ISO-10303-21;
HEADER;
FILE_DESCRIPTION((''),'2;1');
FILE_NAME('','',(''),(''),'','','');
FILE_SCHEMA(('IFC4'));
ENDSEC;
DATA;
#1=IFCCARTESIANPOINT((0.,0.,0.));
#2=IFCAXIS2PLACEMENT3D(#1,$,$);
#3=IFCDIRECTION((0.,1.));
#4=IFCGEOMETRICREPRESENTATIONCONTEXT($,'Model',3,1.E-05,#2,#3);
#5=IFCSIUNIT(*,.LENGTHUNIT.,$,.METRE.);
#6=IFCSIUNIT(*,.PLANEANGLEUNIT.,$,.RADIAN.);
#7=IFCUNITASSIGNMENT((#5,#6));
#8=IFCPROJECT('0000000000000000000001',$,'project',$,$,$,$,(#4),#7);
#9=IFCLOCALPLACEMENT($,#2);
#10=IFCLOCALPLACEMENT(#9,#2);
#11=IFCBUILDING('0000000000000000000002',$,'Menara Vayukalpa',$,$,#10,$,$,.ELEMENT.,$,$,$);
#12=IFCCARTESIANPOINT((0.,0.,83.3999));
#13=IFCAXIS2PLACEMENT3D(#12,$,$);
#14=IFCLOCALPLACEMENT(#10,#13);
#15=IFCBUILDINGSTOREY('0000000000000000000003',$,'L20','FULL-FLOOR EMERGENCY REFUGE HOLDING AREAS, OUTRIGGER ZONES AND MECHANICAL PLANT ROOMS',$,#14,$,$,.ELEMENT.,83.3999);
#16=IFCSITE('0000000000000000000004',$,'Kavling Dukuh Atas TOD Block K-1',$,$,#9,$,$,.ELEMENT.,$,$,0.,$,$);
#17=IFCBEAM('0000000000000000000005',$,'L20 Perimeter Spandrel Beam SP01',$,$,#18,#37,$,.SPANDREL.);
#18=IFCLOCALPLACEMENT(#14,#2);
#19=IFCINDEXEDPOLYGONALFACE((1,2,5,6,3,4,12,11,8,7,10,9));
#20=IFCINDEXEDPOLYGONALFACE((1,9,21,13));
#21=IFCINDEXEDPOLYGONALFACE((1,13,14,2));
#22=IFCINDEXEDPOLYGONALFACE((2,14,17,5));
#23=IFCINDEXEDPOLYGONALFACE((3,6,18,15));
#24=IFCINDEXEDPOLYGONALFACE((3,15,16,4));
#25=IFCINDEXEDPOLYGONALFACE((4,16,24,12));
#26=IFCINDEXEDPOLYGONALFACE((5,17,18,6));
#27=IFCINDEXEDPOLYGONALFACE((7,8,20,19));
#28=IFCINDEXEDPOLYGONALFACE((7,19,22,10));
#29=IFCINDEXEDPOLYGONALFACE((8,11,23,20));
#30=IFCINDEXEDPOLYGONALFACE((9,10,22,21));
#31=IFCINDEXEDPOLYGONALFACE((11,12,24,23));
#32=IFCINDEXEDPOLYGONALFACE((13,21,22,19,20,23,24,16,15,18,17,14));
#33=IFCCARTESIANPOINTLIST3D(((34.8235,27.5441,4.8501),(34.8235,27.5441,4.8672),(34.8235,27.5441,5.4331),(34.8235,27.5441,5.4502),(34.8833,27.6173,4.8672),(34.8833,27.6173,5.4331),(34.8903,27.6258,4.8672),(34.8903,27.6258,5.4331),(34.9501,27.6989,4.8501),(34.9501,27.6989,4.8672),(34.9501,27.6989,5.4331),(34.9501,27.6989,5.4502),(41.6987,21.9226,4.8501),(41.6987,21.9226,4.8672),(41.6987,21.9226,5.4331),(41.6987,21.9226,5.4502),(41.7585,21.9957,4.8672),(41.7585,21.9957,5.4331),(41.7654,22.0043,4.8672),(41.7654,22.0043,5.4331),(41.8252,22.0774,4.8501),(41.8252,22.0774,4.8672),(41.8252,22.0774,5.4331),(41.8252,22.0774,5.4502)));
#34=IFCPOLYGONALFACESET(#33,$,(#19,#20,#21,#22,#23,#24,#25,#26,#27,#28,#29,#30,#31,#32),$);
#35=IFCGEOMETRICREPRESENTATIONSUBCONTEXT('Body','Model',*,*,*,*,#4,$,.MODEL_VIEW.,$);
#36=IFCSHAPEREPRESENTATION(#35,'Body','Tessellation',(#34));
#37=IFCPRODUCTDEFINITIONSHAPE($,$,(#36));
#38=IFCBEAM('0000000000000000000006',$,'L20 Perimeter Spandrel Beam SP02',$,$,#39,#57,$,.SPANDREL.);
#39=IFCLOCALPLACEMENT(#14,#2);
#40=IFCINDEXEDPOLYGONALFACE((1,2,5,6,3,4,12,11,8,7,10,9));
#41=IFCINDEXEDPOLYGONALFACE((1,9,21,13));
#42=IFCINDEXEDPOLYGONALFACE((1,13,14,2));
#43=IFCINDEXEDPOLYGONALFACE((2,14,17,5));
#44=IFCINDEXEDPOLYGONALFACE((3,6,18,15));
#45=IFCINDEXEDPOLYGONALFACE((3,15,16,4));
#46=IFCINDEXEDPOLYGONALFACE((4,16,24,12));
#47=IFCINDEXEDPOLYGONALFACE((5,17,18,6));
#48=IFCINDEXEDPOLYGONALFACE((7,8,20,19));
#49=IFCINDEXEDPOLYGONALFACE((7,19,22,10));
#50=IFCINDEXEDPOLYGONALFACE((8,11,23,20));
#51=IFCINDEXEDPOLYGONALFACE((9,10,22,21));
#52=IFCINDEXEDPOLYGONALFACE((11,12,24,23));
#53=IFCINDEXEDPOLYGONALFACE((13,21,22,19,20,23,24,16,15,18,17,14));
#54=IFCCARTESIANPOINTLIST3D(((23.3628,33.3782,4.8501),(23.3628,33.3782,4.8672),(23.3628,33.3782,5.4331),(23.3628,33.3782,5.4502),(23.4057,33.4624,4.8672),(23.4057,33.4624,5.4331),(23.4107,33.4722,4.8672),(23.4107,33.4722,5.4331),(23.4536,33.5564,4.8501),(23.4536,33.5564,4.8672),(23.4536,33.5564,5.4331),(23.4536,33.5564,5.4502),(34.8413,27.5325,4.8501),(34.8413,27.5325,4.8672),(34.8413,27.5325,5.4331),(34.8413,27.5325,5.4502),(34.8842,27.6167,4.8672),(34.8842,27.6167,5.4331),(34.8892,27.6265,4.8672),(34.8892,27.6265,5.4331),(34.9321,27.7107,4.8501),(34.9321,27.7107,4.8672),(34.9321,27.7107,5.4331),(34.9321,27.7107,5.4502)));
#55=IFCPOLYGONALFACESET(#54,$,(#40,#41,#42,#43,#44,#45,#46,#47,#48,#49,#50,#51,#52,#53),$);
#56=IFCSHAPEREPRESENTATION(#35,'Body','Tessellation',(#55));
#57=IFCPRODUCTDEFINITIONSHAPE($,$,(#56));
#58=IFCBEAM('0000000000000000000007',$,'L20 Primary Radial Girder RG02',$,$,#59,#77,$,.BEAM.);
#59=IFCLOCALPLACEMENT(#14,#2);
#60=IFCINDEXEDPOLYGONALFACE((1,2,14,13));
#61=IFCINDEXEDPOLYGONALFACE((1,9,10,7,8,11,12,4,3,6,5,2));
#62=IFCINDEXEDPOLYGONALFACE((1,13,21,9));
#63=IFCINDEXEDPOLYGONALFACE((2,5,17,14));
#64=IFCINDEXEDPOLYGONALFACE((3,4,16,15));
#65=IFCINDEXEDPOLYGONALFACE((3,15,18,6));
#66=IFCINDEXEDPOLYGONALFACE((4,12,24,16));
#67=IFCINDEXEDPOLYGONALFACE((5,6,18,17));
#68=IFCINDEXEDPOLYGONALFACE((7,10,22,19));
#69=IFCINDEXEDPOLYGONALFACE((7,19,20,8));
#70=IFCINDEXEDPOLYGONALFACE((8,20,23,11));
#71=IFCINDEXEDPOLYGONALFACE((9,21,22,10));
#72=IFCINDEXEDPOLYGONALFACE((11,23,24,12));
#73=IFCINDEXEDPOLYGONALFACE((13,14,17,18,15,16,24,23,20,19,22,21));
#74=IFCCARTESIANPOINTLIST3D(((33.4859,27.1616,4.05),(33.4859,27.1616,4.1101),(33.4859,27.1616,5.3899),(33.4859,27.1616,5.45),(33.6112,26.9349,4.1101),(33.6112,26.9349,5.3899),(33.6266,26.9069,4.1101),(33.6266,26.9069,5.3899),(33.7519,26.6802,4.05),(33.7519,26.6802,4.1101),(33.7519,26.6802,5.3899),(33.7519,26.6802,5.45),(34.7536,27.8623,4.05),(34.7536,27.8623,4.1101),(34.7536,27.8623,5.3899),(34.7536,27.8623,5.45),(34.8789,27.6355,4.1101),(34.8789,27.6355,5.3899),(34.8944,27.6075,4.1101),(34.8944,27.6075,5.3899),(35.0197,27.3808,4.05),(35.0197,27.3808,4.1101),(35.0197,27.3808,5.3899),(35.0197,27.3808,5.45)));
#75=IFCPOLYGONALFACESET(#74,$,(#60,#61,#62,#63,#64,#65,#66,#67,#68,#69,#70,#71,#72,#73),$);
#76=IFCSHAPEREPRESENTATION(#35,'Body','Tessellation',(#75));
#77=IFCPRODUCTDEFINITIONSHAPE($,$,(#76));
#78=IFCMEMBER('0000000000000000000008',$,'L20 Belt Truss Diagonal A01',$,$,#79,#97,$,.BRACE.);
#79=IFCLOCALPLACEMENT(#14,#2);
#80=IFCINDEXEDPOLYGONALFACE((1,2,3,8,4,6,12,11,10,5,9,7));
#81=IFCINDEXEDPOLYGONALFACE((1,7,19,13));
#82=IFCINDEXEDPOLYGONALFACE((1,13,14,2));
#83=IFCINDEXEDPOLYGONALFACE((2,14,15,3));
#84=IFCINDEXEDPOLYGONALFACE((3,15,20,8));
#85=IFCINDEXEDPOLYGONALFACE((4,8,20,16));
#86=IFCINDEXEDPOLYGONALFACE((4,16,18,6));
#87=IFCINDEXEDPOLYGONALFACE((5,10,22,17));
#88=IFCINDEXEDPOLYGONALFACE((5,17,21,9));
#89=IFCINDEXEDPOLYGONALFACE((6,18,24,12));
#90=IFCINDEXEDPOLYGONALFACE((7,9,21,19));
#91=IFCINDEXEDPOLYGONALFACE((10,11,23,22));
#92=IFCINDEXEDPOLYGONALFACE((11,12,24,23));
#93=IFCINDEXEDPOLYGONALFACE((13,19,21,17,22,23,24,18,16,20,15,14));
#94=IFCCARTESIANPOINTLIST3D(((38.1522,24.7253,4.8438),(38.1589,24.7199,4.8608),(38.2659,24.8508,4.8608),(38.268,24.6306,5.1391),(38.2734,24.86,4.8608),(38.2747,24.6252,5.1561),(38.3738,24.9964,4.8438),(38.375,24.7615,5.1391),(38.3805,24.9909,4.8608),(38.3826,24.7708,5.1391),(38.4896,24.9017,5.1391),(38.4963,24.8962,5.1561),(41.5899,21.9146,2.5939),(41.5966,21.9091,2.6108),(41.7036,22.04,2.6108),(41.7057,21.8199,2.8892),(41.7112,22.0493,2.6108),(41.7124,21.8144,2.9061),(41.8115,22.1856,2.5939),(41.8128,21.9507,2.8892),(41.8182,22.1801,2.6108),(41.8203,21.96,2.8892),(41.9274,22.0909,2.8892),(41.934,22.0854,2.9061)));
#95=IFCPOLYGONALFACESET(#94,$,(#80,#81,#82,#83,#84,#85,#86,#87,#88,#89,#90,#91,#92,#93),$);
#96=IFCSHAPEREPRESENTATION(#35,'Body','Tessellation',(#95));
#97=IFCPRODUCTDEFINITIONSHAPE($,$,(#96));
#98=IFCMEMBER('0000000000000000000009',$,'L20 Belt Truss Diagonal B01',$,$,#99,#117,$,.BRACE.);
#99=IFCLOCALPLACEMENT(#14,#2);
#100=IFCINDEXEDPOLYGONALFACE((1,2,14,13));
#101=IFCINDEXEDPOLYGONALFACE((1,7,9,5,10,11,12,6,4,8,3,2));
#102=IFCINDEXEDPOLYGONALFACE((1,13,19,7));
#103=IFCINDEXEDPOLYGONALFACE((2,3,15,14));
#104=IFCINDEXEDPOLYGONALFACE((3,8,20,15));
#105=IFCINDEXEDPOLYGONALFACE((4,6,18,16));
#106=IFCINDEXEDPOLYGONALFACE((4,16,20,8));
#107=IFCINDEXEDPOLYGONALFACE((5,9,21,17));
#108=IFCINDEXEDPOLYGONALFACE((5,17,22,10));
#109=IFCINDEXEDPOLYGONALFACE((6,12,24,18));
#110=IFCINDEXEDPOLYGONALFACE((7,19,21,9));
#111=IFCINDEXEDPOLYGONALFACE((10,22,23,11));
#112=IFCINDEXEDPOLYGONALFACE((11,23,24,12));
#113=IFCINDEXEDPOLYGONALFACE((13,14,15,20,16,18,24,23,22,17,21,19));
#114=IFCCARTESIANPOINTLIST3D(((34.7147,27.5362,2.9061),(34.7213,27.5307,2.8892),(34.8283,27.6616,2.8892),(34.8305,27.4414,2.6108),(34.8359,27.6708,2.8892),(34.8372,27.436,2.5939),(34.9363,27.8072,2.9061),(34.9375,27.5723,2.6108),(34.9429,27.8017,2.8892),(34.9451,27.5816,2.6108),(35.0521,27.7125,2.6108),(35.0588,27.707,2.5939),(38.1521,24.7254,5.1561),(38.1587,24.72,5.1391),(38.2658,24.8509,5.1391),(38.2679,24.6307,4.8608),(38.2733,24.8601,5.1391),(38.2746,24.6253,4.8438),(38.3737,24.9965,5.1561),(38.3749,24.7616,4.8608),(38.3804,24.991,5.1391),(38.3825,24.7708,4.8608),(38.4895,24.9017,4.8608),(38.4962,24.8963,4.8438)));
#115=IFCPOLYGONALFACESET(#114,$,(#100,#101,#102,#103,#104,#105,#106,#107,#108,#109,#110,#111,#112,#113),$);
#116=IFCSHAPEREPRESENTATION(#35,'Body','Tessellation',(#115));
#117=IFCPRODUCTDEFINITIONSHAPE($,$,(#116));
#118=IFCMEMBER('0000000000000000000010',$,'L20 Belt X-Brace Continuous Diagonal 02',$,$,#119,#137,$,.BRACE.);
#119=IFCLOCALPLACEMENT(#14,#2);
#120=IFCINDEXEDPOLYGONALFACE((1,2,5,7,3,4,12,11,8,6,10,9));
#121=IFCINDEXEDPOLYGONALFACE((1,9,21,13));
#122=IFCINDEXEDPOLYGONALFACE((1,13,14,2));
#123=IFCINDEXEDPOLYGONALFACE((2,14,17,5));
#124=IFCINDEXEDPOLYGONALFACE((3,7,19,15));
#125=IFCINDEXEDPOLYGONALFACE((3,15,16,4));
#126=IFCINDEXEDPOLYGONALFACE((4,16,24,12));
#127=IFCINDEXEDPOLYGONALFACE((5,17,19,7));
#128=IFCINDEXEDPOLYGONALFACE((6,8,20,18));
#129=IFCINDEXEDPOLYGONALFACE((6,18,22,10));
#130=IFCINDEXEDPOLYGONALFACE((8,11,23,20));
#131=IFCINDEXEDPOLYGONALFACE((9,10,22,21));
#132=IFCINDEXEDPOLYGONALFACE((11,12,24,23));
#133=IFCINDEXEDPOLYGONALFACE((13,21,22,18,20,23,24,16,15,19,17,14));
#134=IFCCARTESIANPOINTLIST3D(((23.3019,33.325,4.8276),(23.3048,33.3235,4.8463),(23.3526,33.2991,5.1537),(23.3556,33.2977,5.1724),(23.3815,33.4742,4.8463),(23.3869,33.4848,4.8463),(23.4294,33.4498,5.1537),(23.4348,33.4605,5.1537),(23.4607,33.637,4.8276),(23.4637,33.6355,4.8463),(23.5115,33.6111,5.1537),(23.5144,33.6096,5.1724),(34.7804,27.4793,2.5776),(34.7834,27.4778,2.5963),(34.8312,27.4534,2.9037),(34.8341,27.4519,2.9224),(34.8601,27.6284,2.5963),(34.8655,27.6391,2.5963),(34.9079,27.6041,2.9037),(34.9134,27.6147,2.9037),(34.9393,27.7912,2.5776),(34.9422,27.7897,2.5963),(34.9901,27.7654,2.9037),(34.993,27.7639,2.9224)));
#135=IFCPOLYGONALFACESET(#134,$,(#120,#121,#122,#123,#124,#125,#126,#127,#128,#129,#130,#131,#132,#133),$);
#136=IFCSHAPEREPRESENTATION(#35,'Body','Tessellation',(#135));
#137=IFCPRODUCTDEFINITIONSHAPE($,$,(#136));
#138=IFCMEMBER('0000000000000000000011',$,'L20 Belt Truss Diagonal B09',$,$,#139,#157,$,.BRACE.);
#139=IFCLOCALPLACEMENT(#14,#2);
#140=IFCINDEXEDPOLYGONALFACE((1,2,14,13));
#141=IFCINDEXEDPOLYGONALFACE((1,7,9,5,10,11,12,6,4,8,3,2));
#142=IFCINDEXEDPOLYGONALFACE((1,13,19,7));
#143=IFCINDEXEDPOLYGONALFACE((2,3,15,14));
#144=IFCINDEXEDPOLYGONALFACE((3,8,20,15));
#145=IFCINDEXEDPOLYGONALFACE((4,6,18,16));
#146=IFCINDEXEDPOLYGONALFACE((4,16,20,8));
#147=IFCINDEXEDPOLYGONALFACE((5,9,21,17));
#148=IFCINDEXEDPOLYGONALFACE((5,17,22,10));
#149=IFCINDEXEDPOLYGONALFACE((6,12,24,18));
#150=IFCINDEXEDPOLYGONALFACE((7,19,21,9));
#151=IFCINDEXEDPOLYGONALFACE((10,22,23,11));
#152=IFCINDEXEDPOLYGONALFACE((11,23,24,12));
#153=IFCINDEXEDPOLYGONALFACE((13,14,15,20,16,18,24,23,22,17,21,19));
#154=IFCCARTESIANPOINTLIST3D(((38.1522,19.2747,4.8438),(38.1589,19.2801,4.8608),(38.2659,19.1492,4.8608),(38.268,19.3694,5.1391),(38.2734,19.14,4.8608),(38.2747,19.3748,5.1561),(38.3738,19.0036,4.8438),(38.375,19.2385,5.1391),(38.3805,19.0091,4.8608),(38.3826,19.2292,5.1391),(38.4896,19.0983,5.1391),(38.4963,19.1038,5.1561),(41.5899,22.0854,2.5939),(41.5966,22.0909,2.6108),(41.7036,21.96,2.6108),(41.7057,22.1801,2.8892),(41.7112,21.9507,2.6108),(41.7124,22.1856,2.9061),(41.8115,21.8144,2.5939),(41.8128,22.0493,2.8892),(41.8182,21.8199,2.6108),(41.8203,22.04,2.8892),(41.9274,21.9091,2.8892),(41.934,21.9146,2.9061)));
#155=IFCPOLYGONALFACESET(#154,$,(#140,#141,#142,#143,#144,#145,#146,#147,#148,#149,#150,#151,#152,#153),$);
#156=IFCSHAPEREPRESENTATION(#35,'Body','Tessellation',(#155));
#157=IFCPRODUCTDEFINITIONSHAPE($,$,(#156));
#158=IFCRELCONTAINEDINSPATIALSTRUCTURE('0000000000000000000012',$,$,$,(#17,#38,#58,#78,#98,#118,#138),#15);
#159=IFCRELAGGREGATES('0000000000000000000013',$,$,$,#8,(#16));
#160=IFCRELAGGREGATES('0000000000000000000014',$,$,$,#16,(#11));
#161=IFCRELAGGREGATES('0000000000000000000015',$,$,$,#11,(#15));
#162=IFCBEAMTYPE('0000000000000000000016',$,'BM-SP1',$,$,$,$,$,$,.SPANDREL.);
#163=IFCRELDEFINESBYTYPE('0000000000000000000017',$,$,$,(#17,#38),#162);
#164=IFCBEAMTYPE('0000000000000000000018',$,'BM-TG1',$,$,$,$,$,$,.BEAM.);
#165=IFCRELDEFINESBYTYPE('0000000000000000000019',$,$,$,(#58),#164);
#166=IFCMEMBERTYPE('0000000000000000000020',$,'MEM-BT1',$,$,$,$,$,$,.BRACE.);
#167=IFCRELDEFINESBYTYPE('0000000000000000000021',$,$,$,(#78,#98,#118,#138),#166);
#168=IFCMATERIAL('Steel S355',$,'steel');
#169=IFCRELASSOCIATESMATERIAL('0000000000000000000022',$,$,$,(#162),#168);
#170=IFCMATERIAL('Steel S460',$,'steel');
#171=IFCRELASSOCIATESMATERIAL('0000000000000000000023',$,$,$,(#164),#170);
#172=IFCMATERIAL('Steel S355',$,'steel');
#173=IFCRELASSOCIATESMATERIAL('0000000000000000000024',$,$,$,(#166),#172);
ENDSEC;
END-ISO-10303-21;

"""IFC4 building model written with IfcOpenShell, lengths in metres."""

from ifc_helpers import new_model, si_unit, direction, frame, origin, origin_2d, place, context, subcontext, project, spatial, i_section, extrude, material, material_profile, profile_set, type_object, element, save


model = new_model("IFC4")

# Units and contexts
model_context = context("Model", 3, precision=1e-05, world=origin(), true_north=direction((0.0, 1.0)))
body_context = subcontext(model_context, "Body", "Model", "MODEL_VIEW")
ifc_project = project(units=[si_unit("LENGTHUNIT", "METRE"), si_unit("PLANEANGLEUNIT", "RADIAN")], contexts=[model_context])

# Site, building, storey
site_placement = place(None, origin())
site = spatial("IfcSite", under=ifc_project, at=site_placement, Name="Kavling Dukuh Atas TOD Block K-1", CompositionType="ELEMENT", RefElevation=0.0)
building_placement = place(site_placement, origin())
building = spatial("IfcBuilding", under=site, at=building_placement, Name="Menara Vayukalpa", CompositionType="ELEMENT")
storey_placement = place(building_placement, frame((0.0, 0.0, 83.3999)))
storey = spatial("IfcBuildingStorey", under=building, at=storey_placement, Name="L20", Description="FULL-FLOOR EMERGENCY REFUGE HOLDING AREAS, OUTRIGGER ZONES AND MECHANICAL PLANT ROOMS", CompositionType="ELEMENT", Elevation=83.3999)

# Beams
ifc_material_1 = material(Name="Steel S355", Category="steel")
ifc_material_profile_1 = material_profile(ifc_material_1, i_section(OverallWidth=0.2, OverallDepth=0.6001, WebThickness=0.011, FlangeThickness=0.0171, at=origin_2d()), Name="WF 600x200x11x17")
ifc_profile_set_1 = profile_set([ifc_material_profile_1], Name="Steel S355")
beam_type_1 = type_object("IfcBeamType", Name="BM-SP1", PredefinedType="SPANDREL", material=ifc_profile_set_1)
beam_1_placement = place(storey_placement, frame((41.762, 22.0, 5.1501), z_axis=(-0.774157, 0.632994, 0.0), x_axis=(-0.632994, -0.774157, 0.0)))
element("IfcBeam", 1, at=beam_1_placement, inside=storey, type_object=beam_type_1, Name="L20 Perimeter Spandrel Beam SP01", PredefinedType="SPANDREL", context=body_context, shape_type="SweptSolid", body=[
    extrude(i_section(OverallWidth=0.2, OverallDepth=0.6001, WebThickness=0.011, FlangeThickness=0.0171, at=origin_2d()), origin(), (0.0, 0.0, 1.0), 8.8809),
])
beam_2_placement = place(storey_placement, frame((34.8867, 27.6216, 5.1501), z_axis=(-0.891097, 0.453812, 0.0), x_axis=(-0.453812, -0.891097, 0.0)))
element("IfcBeam", 2, at=beam_2_placement, inside=storey, type_object=beam_type_1, Name="L20 Perimeter Spandrel Beam SP02", PredefinedType="SPANDREL", context=body_context, shape_type="SweptSolid", body=[
    extrude(i_section(OverallWidth=0.2, OverallDepth=0.6001, WebThickness=0.011, FlangeThickness=0.0171, at=origin_2d()), origin(), (0.0, 0.0, 1.0), 12.8813),
])
ifc_material_2 = material(Name="Steel S460", Category="steel")
ifc_material_profile_2 = material_profile(ifc_material_2, i_section(OverallWidth=0.55, OverallDepth=1.3999, WebThickness=0.032, FlangeThickness=0.0601, at=origin_2d()), Name="WG 1400x550x32x60")
ifc_profile_set_2 = profile_set([ifc_material_profile_2], Name="Steel S460")
beam_type_2 = type_object("IfcBeamType", Name="BM-TG1", PredefinedType="BEAM", material=ifc_profile_set_2)
beam_3_placement = place(storey_placement, frame((33.6189, 26.9209, 4.75), z_axis=(0.875228, 0.48371, 0.0), x_axis=(-0.48371, 0.875228, 0.0)))
element("IfcBeam", 3, at=beam_3_placement, inside=storey, type_object=beam_type_2, Name="L20 Primary Radial Girder RG02", PredefinedType="BEAM", context=body_context, shape_type="SweptSolid", body=[
    extrude(i_section(OverallWidth=0.55, OverallDepth=1.3999, WebThickness=0.032, FlangeThickness=0.0601, at=origin_2d()), origin(), (0.0, 0.0, 1.0), 1.4485),
])

# Members
ifc_material_3 = material(Name="Steel S355", Category="steel")
ifc_material_profile_3 = material_profile(ifc_material_3, i_section(OverallWidth=0.3501, OverallDepth=0.3501, WebThickness=0.012, FlangeThickness=0.019, at=origin_2d()), Name="H 350x350x12x19")
ifc_profile_set_3 = profile_set([ifc_material_profile_3], Name="Steel S355")
member_type_1 = type_object("IfcMemberType", Name="MEM-BT1", PredefinedType="BRACE", material=ifc_profile_set_3)
member_1_placement = place(storey_placement, frame((41.762, 22.0, 2.75), z_axis=(-0.690578, 0.564635, 0.451983), x_axis=(-0.63298, -0.774168, 0.0)))
element("IfcMember", 4, at=member_1_placement, inside=storey, type_object=member_type_1, Name="L20 Belt Truss Diagonal A01", PredefinedType="BRACE", context=body_context, shape_type="SweptSolid", body=[
    extrude(i_section(OverallWidth=0.3501, OverallDepth=0.3501, WebThickness=0.012, FlangeThickness=0.019, at=origin_2d()), origin(), (0.0, 0.0, 1.0), 4.978),
])
member_2_placement = place(storey_placement, frame((34.8867, 27.6216, 2.75), z_axis=(0.690553, -0.564654, 0.451998), x_axis=(0.633007, 0.774146, 0.0)))
element("IfcMember", 5, at=member_2_placement, inside=storey, type_object=member_type_1, Name="L20 Belt Truss Diagonal B01", PredefinedType="BRACE", context=body_context, shape_type="SweptSolid", body=[
    extrude(i_section(OverallWidth=0.3501, OverallDepth=0.3501, WebThickness=0.012, FlangeThickness=0.019, at=origin_2d()), origin(), (0.0, 0.0, 1.0), 4.9778),
])
member_3_placement = place(storey_placement, frame((34.8867, 27.6216, 2.75), z_axis=(-0.877807, 0.447044, 0.172066), x_axis=(-0.453812, -0.891097, 0.0)))
element("IfcMember", 6, at=member_3_placement, inside=storey, type_object=member_type_1, Name="L20 Belt X-Brace Continuous Diagonal 02", PredefinedType="BRACE", context=body_context, shape_type="SweptSolid", body=[
    extrude(i_section(OverallWidth=0.3501, OverallDepth=0.3501, WebThickness=0.012, FlangeThickness=0.019, at=origin_2d()), origin(), (0.0, 0.0, 1.0), 13.0764),
])
member_4_placement = place(storey_placement, frame((41.762, 22.0, 2.75), z_axis=(-0.690578, -0.564635, 0.451983), x_axis=(0.63298, -0.774168, 0.0)))
element("IfcMember", 7, at=member_4_placement, inside=storey, type_object=member_type_1, Name="L20 Belt Truss Diagonal B09", PredefinedType="BRACE", context=body_context, shape_type="SweptSolid", body=[
    extrude(i_section(OverallWidth=0.3501, OverallDepth=0.3501, WebThickness=0.012, FlangeThickness=0.019, at=origin_2d()), origin(), (0.0, 0.0, 1.0), 4.978),
])

save(model, "model.ifc")
